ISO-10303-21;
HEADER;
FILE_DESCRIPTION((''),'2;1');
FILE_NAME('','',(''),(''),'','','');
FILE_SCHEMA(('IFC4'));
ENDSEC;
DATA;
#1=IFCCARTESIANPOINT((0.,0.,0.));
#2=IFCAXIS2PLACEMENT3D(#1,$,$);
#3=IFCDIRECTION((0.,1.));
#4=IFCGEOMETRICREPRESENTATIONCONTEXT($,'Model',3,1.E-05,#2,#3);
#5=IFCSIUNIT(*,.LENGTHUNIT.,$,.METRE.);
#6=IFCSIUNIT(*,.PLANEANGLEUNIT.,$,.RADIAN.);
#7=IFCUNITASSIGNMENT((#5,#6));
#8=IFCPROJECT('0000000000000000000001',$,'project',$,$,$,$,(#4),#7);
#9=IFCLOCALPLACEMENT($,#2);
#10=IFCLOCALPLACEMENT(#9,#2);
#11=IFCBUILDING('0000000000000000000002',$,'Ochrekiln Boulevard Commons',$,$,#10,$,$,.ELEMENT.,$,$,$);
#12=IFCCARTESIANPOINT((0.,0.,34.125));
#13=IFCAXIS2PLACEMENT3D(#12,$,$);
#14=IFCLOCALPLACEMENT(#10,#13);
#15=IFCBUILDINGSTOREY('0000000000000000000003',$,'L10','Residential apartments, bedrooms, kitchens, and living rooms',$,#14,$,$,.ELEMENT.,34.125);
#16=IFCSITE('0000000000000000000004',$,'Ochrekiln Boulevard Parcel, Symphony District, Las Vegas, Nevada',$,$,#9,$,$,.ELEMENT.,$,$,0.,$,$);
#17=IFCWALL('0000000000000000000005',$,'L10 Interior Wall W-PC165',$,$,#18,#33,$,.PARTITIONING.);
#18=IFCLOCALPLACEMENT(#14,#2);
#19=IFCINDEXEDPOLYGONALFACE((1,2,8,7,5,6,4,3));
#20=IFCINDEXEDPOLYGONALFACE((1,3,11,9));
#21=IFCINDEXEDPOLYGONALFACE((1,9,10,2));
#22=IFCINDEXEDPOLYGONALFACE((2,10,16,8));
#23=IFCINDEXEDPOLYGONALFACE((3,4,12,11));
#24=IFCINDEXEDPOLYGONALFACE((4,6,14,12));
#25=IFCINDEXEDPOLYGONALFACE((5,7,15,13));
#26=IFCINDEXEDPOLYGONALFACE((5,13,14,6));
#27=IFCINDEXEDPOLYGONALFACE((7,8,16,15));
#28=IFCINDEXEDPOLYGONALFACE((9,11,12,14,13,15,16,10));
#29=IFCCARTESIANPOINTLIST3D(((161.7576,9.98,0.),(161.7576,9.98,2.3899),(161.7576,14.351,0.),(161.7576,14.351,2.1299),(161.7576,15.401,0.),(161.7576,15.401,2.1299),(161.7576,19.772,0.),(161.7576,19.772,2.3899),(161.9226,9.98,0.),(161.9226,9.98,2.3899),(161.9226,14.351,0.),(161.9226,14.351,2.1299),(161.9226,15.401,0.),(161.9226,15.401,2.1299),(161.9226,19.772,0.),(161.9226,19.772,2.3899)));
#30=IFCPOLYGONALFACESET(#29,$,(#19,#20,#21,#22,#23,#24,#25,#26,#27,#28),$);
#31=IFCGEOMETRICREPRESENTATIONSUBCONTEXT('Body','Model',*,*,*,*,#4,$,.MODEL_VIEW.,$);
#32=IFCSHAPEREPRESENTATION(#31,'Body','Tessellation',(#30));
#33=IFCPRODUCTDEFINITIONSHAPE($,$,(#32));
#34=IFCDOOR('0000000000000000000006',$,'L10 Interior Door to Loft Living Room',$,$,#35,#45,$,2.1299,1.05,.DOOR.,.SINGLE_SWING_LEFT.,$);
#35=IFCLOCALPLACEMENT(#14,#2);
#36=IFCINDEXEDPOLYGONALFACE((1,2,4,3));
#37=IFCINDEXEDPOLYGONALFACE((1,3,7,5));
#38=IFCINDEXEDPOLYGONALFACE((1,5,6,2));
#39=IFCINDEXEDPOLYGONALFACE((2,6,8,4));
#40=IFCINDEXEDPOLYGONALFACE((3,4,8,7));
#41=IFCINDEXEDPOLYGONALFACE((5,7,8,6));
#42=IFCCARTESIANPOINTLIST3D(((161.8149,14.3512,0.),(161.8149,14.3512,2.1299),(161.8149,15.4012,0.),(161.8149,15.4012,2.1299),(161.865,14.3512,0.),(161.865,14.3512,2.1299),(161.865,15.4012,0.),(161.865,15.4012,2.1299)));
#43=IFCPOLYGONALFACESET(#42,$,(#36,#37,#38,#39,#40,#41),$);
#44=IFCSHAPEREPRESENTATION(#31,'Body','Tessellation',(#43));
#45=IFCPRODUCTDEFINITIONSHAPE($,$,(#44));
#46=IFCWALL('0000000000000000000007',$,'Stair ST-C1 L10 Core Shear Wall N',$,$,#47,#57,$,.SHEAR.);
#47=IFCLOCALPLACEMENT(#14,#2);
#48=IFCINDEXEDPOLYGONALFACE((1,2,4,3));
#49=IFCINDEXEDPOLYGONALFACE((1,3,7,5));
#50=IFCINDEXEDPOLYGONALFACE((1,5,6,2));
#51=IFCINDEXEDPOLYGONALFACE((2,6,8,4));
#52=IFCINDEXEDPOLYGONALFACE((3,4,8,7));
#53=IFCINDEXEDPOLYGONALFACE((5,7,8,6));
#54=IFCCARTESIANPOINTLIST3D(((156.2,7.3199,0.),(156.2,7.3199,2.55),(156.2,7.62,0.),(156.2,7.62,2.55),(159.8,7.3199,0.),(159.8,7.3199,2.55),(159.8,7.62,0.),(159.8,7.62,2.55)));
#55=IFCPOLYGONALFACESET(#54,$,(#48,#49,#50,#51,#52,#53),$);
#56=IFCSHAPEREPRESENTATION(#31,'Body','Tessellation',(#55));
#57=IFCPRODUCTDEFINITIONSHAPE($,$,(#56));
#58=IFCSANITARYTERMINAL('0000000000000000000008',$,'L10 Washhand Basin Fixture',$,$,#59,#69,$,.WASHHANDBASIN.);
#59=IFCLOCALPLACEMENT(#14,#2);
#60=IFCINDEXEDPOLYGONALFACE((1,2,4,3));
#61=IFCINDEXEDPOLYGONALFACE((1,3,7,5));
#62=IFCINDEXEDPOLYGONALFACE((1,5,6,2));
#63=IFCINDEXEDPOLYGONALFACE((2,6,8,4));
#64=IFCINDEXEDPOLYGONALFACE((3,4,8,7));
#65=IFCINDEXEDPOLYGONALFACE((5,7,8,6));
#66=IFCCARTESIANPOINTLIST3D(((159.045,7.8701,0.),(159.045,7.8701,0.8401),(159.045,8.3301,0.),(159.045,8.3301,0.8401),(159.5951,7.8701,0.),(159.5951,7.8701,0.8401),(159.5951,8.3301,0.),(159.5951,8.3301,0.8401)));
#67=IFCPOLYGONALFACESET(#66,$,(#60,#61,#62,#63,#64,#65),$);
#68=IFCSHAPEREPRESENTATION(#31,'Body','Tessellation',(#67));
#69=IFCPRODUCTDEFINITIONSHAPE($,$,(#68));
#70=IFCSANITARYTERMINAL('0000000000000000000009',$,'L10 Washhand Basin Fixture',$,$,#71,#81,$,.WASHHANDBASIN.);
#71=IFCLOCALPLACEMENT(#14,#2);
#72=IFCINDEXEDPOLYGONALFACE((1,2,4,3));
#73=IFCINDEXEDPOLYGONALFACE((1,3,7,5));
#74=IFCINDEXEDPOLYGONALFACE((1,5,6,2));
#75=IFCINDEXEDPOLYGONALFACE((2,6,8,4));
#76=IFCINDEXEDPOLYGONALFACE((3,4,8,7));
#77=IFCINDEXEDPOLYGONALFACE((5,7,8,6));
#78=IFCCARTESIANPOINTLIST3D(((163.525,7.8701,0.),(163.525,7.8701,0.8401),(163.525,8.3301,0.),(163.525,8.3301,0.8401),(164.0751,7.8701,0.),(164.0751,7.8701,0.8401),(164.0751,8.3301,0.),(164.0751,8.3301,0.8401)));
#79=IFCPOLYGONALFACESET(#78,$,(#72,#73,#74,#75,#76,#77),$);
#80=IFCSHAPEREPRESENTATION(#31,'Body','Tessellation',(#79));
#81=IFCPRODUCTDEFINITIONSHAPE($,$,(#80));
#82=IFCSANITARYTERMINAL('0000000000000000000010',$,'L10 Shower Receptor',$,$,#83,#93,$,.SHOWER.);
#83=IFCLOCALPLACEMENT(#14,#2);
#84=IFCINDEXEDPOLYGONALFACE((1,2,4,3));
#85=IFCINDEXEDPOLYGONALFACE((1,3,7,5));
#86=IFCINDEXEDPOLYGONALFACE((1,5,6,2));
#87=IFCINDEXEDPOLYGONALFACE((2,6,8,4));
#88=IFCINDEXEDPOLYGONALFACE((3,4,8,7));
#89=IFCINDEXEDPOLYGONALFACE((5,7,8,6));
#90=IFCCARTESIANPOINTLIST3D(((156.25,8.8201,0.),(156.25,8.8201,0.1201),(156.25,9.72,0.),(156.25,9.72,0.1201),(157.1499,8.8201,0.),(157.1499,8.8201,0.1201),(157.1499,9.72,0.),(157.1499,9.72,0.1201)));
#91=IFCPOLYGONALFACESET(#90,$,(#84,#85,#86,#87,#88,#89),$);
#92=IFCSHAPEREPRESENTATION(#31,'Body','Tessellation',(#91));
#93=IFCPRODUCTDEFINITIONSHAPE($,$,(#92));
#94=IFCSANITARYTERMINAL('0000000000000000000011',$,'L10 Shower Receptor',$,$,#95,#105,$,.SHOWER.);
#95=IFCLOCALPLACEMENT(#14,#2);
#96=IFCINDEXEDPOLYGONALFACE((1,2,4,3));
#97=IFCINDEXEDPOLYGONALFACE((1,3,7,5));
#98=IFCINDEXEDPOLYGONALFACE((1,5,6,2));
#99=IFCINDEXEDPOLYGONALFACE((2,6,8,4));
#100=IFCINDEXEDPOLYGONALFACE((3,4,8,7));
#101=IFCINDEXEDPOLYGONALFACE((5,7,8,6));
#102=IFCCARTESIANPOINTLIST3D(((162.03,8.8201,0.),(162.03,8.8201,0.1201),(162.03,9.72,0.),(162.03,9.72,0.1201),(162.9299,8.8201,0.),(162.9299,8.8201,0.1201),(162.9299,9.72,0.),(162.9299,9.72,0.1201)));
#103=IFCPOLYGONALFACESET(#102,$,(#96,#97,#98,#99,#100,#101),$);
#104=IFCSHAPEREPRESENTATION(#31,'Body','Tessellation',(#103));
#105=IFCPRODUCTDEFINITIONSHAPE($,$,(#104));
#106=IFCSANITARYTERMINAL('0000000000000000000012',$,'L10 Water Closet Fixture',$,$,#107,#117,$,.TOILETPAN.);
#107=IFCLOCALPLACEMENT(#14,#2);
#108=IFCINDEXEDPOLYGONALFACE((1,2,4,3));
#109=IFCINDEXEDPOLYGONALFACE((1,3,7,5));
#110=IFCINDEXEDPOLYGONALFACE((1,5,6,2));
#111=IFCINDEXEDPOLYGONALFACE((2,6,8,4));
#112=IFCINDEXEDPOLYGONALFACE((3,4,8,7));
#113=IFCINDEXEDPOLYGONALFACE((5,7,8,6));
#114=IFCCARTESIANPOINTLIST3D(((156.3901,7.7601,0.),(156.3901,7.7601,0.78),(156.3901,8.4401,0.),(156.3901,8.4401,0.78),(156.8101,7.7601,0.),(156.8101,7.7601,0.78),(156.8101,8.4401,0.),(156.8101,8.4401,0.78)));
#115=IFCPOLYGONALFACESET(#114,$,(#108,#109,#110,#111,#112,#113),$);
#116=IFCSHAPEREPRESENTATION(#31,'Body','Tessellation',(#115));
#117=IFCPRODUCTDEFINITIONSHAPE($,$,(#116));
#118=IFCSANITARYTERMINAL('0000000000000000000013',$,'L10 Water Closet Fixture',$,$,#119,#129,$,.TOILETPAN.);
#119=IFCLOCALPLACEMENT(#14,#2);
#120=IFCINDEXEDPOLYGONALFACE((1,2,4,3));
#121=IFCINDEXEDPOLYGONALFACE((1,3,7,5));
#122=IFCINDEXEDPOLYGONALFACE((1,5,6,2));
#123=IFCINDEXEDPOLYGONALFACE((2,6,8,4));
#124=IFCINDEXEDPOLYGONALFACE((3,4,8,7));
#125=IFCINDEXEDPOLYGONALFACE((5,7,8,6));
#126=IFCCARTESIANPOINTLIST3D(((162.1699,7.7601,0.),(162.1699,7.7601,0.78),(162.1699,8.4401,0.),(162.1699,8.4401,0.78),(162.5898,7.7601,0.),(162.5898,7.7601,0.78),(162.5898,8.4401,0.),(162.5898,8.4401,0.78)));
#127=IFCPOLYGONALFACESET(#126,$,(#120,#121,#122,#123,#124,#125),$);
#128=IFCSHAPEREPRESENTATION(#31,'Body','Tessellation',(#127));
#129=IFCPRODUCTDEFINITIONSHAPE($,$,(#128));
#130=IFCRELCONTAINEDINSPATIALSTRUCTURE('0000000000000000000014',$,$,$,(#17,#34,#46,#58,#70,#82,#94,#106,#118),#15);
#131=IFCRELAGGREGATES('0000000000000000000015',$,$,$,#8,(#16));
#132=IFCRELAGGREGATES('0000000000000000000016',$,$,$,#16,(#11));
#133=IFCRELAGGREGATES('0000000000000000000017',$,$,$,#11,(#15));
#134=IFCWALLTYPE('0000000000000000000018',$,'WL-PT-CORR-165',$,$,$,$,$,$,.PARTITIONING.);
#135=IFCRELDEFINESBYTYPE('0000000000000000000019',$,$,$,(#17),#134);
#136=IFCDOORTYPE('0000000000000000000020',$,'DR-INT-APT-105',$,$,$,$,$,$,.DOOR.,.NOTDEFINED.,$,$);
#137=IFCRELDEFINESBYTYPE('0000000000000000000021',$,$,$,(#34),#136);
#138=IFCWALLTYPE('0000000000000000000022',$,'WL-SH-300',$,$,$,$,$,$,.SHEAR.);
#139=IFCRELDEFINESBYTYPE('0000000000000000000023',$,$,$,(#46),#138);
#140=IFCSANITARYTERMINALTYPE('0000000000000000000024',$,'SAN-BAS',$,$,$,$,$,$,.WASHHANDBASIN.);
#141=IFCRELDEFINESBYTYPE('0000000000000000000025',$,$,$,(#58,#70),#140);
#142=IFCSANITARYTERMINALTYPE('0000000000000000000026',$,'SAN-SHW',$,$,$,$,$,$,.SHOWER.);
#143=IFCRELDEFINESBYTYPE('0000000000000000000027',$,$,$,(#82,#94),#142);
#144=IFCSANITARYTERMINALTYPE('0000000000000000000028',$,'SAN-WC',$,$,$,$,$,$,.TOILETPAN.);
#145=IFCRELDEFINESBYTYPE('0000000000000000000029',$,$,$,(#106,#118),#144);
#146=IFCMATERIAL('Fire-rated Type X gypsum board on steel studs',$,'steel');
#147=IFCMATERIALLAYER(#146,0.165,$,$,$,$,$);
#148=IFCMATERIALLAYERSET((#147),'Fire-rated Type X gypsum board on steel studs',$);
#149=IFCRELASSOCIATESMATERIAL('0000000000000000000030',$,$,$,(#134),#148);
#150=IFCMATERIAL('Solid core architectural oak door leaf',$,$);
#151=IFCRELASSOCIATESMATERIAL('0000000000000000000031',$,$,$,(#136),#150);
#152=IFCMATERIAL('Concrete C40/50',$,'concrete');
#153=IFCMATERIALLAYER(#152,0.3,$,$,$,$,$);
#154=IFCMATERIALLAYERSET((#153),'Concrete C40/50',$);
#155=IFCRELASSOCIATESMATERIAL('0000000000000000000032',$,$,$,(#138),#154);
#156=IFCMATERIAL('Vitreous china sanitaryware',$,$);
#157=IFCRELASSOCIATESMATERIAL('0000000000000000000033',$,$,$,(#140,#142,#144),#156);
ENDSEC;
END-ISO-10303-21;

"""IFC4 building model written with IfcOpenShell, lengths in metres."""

from ifc_helpers import new_model, si_unit, direction, frame, frame_2d, origin, origin_2d, place, context, subcontext, project, spatial, rectangle, extrude, material, layer, layer_set, type_object, element, fill, save


model = new_model("IFC4")

# Units and contexts
model_context = context("Model", 3, precision=1e-05, world=origin(), true_north=direction((0.0, 1.0)))
body_context = subcontext(model_context, "Body", "Model", "MODEL_VIEW")
ifc_project = project(units=[si_unit("LENGTHUNIT", "METRE"), si_unit("PLANEANGLEUNIT", "RADIAN")], contexts=[model_context])

# Site, building, storey
site_placement = place(None, origin())
site = spatial("IfcSite", under=ifc_project, at=site_placement, Name="Ochrekiln Boulevard Parcel, Symphony District, Las Vegas, Nevada", CompositionType="ELEMENT", RefElevation=0.0)
building_placement = place(site_placement, origin())
building = spatial("IfcBuilding", under=site, at=building_placement, Name="Ochrekiln Boulevard Commons", CompositionType="ELEMENT")
storey_placement = place(building_placement, frame((0.0, 0.0, 34.125)))
storey = spatial("IfcBuildingStorey", under=building, at=storey_placement, Name="L10", Description="Residential apartments, bedrooms, kitchens, and living rooms", CompositionType="ELEMENT", Elevation=34.125)

# Shared definitions
ifc_material_1 = material(Name="Concrete C40/50", Category="concrete")

# Shared definitions
ifc_material_2 = material(Name="Solid core architectural oak door leaf")

# Wall, opening, door
ifc_material_3 = material(Name="Fire-rated Type X gypsum board on steel studs", Category="steel")
ifc_layer_1 = layer(ifc_material_3, 0.165)
ifc_layer_set_1 = layer_set([ifc_layer_1], Name="Fire-rated Type X gypsum board on steel studs")
wall_type_1 = type_object("IfcWallType", Name="WL-PT-CORR-165", PredefinedType="PARTITIONING", material=ifc_layer_set_1)
door_type_1 = type_object("IfcDoorType", Name="DR-INT-APT-105", OperationType="NOTDEFINED", PredefinedType="DOOR", material=ifc_material_2)
wall_1_placement = place(storey_placement, frame((161.8401, 9.98, 0.0), z_axis=(0.0, 0.0, 1.0), x_axis=(0.0, 1.0, 0.0)))
wall_1 = element("IfcWall", 1, at=wall_1_placement, inside=storey, type_object=wall_type_1, Name="L10 Interior Wall W-PC165", PredefinedType="PARTITIONING", context=body_context, shape_type="SweptSolid", body=[
    extrude(rectangle(XDim=9.792, YDim=0.165, at=frame_2d((4.896, 0.0))), origin(), (0.0, 0.0, 1.0), 2.3899),
])
opening_1_placement = place(wall_1_placement, frame((4.3711, 0.0, 0.0)))
opening_1 = element("IfcOpeningElement", 2, at=opening_1_placement, cuts=wall_1, PredefinedType="OPENING", context=body_context, shape_type="SweptSolid", body=[
    extrude(rectangle(XDim=1.05, YDim=2.1299, at=frame_2d((0.5249, 1.0649))), frame((0.0, 0.0925, 0.0), z_axis=(0.0, -1.0, 0.0), x_axis=(1.0, 0.0, 0.0)), (0.0, 0.0, 1.0), 0.1851),
])
door_1_placement = place(opening_1_placement, frame((1.05, 0.0, 0.0), z_axis=(0.0, 0.0, 1.0), x_axis=(-1.0, 0.0, 0.0)))
door_1 = element("IfcDoor", 3, at=door_1_placement, inside=storey, type_object=door_type_1, Name="L10 Interior Door to Loft Living Room", OperationType="SINGLE_SWING_LEFT", OverallHeight=2.1299, OverallWidth=1.05, PredefinedType="DOOR", context=body_context, shape_type="SweptSolid", body=[
    extrude(rectangle(XDim=1.05, YDim=2.1299, at=frame_2d((0.5249, 1.0649))), frame((0.0, 0.0249, 0.0), z_axis=(0.0, -1.0, 0.0), x_axis=(1.0, 0.0, 0.0)), (0.0, 0.0, 1.0), 0.05),
])
fill(opening_1, door_1)

# Wall
ifc_layer_2 = layer(ifc_material_1, 0.3)
ifc_layer_set_2 = layer_set([ifc_layer_2], Name="Concrete C40/50")
wall_type_2 = type_object("IfcWallType", Name="WL-SH-300", PredefinedType="SHEAR", material=ifc_layer_set_2)
wall_2_placement = place(storey_placement, frame((156.2, 7.47, 0.0), z_axis=(0.0, 0.0, 1.0), x_axis=(1.0, 0.0, 0.0)))
element("IfcWall", 4, at=wall_2_placement, inside=storey, type_object=wall_type_2, Name="Stair ST-C1 L10 Core Shear Wall N", PredefinedType="SHEAR", context=body_context, shape_type="SweptSolid", body=[
    extrude(rectangle(XDim=3.6001, YDim=0.3, at=frame_2d((1.8, 0.0))), origin(), (0.0, 0.0, 1.0), 2.55),
])

# Sanitary terminals
ifc_material_4 = material(Name="Vitreous china sanitaryware")
sanitary_terminal_type_1 = type_object("IfcSanitaryTerminalType", Name="SAN-BAS", PredefinedType="WASHHANDBASIN", material=ifc_material_4)
for number, where, z_axis, x_axis, name in (
    (5, (159.3201, 8.1001, 0.0), (0.0, 0.0, 1.0), (1.0, 0.0, 0.0), "L10 Washhand Basin Fixture"),
    (6, (163.8, 8.1001, 0.0), (0.0, 0.0, 1.0), (1.0, 0.0, 0.0), "L10 Washhand Basin Fixture"),
):
    element("IfcSanitaryTerminal", number, at=place(storey_placement, frame(where, z_axis=z_axis, x_axis=x_axis)), inside=storey, type_object=sanitary_terminal_type_1, Name=name, PredefinedType="WASHHANDBASIN", context=body_context, shape_type="SweptSolid", body=[
        extrude(rectangle(XDim=0.55, YDim=0.46, at=origin_2d()), origin(), (0.0, 0.0, 1.0), 0.8401),
    ])
sanitary_terminal_type_2 = type_object("IfcSanitaryTerminalType", Name="SAN-SHW", PredefinedType="SHOWER", material=ifc_material_4)
for number, where, z_axis, x_axis, name in (
    (7, (156.7, 9.27, 0.0), (0.0, 0.0, 1.0), (1.0, 0.0, 0.0), "L10 Shower Receptor"),
    (8, (162.48, 9.27, 0.0), (0.0, 0.0, 1.0), (1.0, 0.0, 0.0), "L10 Shower Receptor"),
):
    element("IfcSanitaryTerminal", number, at=place(storey_placement, frame(where, z_axis=z_axis, x_axis=x_axis)), inside=storey, type_object=sanitary_terminal_type_2, Name=name, PredefinedType="SHOWER", context=body_context, shape_type="SweptSolid", body=[
        extrude(rectangle(XDim=0.8999, YDim=0.8999, at=origin_2d()), origin(), (0.0, 0.0, 1.0), 0.1201),
    ])
sanitary_terminal_type_3 = type_object("IfcSanitaryTerminalType", Name="SAN-WC", PredefinedType="TOILETPAN", material=ifc_material_4)
for number, where, z_axis, x_axis, name in (
    (9, (156.6001, 8.1001, 0.0), (0.0, 0.0, 1.0), (1.0, 0.0, 0.0), "L10 Water Closet Fixture"),
    (10, (162.3799, 8.1001, 0.0), (0.0, 0.0, 1.0), (1.0, 0.0, 0.0), "L10 Water Closet Fixture"),
):
    element("IfcSanitaryTerminal", number, at=place(storey_placement, frame(where, z_axis=z_axis, x_axis=x_axis)), inside=storey, type_object=sanitary_terminal_type_3, Name=name, PredefinedType="TOILETPAN", context=body_context, shape_type="SweptSolid", body=[
        extrude(rectangle(XDim=0.4199, YDim=0.6799, at=origin_2d()), origin(), (0.0, 0.0, 1.0), 0.78),
    ])

save(model, "model.ifc")
